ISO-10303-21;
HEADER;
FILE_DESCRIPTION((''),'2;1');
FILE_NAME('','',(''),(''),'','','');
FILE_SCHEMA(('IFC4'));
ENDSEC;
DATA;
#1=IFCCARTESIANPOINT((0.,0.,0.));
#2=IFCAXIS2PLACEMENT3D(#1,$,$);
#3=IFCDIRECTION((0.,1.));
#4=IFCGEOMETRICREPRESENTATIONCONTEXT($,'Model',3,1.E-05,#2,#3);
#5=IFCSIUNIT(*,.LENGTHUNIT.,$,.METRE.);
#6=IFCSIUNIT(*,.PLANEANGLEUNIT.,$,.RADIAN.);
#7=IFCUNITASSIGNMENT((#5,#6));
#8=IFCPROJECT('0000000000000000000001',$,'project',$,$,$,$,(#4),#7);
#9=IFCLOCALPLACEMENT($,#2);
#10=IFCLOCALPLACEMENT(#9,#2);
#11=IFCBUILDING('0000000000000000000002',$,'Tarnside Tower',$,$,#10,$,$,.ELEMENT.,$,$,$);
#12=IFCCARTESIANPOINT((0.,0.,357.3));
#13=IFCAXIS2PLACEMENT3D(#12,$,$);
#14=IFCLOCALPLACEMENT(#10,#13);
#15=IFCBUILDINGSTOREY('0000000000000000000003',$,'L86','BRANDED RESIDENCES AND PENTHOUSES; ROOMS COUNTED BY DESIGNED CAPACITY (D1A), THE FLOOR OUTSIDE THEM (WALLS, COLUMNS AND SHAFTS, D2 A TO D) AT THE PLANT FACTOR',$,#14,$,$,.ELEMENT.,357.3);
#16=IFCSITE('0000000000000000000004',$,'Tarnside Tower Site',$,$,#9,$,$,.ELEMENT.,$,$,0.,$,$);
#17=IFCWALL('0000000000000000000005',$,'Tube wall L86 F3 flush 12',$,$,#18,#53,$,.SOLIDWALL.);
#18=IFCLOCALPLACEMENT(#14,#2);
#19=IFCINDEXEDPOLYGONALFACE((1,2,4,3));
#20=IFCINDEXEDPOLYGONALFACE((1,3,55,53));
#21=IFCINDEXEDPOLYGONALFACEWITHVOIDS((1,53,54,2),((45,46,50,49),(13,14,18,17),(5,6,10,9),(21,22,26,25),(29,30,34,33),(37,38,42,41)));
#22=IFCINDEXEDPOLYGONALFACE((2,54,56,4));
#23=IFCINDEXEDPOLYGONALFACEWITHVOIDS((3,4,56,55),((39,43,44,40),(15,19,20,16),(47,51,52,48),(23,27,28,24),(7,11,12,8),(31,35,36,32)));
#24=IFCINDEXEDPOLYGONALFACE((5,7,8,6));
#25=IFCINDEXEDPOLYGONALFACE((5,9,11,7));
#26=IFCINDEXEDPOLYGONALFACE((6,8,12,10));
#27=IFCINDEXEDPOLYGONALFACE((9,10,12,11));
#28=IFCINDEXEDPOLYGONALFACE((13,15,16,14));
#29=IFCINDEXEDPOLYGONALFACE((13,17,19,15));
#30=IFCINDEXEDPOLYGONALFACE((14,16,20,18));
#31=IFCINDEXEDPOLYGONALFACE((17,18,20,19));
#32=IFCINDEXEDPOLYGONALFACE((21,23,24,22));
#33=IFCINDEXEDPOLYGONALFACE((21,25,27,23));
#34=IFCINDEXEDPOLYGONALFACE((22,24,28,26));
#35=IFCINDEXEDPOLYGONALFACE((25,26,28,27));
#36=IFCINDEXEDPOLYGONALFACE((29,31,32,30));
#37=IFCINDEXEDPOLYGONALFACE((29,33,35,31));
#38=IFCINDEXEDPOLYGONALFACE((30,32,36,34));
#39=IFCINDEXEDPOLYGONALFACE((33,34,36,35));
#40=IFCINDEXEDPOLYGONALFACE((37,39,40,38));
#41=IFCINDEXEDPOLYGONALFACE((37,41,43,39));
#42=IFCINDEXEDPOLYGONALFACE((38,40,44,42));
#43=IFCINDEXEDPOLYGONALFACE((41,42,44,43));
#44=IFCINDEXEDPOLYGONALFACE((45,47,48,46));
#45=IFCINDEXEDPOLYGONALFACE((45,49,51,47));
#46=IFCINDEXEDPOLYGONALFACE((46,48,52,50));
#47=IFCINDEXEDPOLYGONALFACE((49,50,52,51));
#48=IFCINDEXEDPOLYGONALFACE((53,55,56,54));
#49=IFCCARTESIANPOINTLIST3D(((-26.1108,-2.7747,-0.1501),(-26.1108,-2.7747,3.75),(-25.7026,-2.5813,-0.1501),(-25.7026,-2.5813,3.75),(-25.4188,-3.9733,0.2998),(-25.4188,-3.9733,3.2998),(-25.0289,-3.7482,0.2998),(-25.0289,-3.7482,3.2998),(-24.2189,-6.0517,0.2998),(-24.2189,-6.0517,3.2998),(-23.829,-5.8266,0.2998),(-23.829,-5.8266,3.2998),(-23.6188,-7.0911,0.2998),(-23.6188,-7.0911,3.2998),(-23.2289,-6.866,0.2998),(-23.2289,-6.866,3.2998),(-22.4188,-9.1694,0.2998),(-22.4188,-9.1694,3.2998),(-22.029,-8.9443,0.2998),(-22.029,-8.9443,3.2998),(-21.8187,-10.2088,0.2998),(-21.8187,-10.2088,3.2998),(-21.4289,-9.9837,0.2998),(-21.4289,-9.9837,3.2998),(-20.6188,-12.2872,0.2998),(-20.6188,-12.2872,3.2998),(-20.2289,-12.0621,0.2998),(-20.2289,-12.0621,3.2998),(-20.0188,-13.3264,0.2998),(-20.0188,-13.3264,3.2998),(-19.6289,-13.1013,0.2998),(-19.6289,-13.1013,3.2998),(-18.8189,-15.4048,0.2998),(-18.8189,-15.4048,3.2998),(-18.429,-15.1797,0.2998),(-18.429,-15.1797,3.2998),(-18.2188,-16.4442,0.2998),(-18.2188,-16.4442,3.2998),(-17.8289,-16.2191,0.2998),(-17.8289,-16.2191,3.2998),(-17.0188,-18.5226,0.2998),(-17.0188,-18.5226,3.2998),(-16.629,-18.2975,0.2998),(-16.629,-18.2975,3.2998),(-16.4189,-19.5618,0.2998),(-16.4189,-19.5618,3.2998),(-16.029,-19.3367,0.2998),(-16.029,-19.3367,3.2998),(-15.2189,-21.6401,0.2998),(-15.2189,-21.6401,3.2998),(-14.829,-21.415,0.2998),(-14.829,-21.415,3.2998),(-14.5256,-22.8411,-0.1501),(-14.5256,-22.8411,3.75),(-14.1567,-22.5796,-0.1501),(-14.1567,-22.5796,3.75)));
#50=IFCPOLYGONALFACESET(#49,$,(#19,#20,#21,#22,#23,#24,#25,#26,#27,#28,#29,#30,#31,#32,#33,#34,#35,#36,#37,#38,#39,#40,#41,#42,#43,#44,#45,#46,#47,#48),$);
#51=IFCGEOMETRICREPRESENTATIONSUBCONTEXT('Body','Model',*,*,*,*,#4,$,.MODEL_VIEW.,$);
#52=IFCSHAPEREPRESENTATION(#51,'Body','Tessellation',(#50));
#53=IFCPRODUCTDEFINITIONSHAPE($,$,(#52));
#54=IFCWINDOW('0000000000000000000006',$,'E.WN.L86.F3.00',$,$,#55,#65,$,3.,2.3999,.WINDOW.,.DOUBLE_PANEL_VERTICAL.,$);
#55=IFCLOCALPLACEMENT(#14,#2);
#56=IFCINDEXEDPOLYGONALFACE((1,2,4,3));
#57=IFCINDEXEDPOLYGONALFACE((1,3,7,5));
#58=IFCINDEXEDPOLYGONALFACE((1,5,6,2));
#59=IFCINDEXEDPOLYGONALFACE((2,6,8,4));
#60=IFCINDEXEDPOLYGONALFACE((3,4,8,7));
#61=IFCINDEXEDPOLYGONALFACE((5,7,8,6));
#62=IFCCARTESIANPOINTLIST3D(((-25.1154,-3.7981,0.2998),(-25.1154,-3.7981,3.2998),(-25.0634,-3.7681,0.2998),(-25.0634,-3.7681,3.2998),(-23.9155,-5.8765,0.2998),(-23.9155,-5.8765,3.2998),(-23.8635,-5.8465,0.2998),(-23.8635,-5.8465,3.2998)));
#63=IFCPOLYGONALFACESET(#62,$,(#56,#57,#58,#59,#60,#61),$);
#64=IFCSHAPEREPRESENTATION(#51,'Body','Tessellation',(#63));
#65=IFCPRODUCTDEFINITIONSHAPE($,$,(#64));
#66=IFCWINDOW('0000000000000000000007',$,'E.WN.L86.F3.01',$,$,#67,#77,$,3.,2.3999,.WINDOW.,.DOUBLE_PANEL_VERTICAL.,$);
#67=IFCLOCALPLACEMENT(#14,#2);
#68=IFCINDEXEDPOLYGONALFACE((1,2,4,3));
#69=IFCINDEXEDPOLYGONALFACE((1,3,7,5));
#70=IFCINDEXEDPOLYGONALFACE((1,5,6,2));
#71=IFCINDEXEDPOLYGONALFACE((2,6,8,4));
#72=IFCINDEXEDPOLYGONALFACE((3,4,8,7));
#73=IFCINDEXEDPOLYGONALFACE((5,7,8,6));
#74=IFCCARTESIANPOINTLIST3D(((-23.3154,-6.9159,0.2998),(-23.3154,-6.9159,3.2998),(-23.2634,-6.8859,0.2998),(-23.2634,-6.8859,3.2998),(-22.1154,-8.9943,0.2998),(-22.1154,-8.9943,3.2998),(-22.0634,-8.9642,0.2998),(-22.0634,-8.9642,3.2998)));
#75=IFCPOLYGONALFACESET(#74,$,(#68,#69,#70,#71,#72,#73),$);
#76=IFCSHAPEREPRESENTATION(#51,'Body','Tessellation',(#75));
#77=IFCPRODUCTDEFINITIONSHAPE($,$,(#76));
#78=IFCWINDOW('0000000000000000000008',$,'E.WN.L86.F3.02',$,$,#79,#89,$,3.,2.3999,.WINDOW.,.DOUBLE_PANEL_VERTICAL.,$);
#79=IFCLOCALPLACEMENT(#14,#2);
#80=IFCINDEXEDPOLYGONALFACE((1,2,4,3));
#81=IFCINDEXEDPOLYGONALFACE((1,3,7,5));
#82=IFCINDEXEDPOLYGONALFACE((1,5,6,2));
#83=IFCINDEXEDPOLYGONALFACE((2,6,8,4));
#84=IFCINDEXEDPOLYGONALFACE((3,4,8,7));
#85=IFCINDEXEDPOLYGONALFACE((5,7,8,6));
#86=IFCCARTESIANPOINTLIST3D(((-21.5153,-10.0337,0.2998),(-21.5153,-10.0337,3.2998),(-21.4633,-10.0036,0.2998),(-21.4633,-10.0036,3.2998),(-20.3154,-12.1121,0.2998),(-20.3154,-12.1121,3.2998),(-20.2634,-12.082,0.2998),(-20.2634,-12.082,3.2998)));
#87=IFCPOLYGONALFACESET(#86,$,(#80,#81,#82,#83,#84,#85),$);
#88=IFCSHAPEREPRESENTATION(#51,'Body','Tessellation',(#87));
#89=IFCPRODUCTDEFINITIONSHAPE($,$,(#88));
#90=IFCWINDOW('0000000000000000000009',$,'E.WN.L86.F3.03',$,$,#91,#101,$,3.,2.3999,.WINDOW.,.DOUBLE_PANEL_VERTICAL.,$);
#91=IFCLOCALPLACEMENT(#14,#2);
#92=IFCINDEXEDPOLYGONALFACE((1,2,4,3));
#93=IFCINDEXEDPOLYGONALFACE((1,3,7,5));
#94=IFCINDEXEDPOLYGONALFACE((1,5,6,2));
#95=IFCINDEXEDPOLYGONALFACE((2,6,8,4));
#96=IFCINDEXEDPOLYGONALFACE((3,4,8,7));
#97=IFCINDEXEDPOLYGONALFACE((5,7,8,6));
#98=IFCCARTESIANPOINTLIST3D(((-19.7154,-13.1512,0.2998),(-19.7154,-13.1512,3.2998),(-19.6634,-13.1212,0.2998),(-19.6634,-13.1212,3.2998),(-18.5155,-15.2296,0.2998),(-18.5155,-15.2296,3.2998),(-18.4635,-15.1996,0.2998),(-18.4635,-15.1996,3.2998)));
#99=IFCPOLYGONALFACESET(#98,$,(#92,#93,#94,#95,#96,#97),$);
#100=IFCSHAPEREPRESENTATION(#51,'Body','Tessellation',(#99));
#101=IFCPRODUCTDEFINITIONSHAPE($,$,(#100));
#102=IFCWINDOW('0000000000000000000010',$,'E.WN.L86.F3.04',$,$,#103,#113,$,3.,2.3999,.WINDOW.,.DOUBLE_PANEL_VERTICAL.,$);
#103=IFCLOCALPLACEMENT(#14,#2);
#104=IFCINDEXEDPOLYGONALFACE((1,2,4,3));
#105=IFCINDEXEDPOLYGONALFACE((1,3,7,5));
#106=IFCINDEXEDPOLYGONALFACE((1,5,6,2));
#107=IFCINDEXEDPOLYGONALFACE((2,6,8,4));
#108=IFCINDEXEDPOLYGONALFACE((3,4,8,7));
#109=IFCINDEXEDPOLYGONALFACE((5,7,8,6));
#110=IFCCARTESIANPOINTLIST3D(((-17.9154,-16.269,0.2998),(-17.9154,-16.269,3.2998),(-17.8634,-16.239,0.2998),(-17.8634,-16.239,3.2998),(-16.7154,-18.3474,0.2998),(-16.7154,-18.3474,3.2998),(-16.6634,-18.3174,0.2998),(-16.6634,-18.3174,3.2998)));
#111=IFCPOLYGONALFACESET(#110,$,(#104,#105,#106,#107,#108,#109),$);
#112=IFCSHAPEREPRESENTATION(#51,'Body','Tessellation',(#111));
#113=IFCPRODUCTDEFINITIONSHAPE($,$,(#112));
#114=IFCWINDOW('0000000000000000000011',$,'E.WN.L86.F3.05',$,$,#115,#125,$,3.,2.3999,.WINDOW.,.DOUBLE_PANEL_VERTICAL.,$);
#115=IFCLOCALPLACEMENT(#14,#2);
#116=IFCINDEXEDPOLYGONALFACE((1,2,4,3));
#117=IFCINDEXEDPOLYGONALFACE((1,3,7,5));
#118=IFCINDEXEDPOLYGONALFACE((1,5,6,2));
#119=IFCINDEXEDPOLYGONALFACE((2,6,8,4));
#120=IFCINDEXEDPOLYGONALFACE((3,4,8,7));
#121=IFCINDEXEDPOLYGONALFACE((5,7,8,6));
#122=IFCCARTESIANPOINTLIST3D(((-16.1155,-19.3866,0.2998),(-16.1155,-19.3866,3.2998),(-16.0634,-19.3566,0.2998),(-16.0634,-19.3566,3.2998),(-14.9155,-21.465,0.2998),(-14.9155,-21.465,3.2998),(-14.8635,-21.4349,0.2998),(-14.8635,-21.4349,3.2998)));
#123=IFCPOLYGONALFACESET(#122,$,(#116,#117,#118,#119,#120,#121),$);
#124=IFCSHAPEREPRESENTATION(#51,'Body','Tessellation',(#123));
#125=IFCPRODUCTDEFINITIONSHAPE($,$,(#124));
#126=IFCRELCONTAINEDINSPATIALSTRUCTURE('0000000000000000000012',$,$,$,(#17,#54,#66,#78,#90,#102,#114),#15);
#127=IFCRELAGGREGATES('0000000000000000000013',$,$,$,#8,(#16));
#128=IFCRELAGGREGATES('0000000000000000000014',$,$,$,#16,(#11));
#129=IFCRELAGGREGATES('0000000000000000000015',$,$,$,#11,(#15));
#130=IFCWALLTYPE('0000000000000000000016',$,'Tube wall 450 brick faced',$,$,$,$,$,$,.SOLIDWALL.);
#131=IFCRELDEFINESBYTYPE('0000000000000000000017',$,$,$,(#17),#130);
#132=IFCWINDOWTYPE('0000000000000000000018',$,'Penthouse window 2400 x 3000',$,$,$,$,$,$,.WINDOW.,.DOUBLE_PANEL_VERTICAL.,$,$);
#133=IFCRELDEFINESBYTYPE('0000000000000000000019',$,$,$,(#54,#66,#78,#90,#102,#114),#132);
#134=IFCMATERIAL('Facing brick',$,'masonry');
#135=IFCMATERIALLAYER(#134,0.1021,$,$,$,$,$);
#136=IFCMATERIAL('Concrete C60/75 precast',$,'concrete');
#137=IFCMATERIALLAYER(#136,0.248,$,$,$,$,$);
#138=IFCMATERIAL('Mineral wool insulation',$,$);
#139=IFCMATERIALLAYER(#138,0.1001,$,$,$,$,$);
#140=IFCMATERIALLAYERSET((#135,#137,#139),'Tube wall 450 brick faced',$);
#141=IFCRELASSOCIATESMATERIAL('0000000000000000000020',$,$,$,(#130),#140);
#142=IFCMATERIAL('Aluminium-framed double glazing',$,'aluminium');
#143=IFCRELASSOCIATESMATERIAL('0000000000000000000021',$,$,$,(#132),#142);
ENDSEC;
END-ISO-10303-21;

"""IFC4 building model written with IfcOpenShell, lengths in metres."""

from ifc_helpers import new_model, si_unit, direction, frame, frame_2d, origin, place, context, subcontext, project, spatial, polyline, rectangle, outline, extrude, material, layer, layer_set, type_object, element, fill, save


model = new_model("IFC4")

# Units and contexts
model_context = context("Model", 3, precision=1e-05, world=origin(), true_north=direction((0.0, 1.0)))
body_context = subcontext(model_context, "Body", "Model", "MODEL_VIEW")
ifc_project = project(units=[si_unit("LENGTHUNIT", "METRE"), si_unit("PLANEANGLEUNIT", "RADIAN")], contexts=[model_context])

# Site, building, storey
site_placement = place(None, origin())
site = spatial("IfcSite", under=ifc_project, at=site_placement, Name="Tarnside Tower Site", CompositionType="ELEMENT", RefElevation=0.0)
building_placement = place(site_placement, origin())
building = spatial("IfcBuilding", under=site, at=building_placement, Name="Tarnside Tower", CompositionType="ELEMENT")
storey_placement = place(building_placement, frame((0.0, 0.0, 357.3)))
storey = spatial("IfcBuildingStorey", under=building, at=storey_placement, Name="L86", Description="BRANDED RESIDENCES AND PENTHOUSES; ROOMS COUNTED BY DESIGNED CAPACITY (D1A), THE FLOOR OUTSIDE THEM (WALLS, COLUMNS AND SHAFTS, D2 A TO D) AT THE PLANT FACTOR", CompositionType="ELEMENT", Elevation=357.3)

# Shared definitions
ifc_material_1 = material(Name="Facing brick", Category="masonry")
ifc_layer_1 = layer(ifc_material_1, 0.1021)
ifc_material_2 = material(Name="Concrete C60/75 precast", Category="concrete")
ifc_layer_2 = layer(ifc_material_2, 0.248)
ifc_material_3 = material(Name="Mineral wool insulation")
ifc_layer_3 = layer(ifc_material_3, 0.1001)
ifc_layer_set_1 = layer_set([ifc_layer_1, ifc_layer_2, ifc_layer_3], Name="Tube wall 450 brick faced")
wall_type_1 = type_object("IfcWallType", Name="Tube wall 450 brick faced", PredefinedType="SOLIDWALL", material=ifc_layer_set_1)

# Wall, openings, windows
wall_1_placement = place(storey_placement, frame((-25.9067, -2.678, -0.1501), z_axis=(0.0, 0.0, 1.0), x_axis=(0.499997, -0.866027, 0.0)))
wall_1 = element("IfcWall", 1, at=wall_1_placement, inside=storey, type_object=wall_type_1, Name="Tube wall L86 F3 flush 12", PredefinedType="SOLIDWALL", context=body_context, shape_type="SweptSolid", body=[
    extrude(outline(polyline([(-0.0183, -0.2251), (23.1523, -0.2251), (23.1104, 0.2251), (0.0183, 0.2251), (-0.0183, -0.2251)])), origin(), (0.0, 0.0, 1.0), 3.9001),
])
opening_1_placement = place(wall_1_placement, frame((1.3657, 0.0, 0.45)))
opening_1 = element("IfcOpeningElement", 2, at=opening_1_placement, cuts=wall_1, PredefinedType="OPENING", context=body_context, shape_type="SweptSolid", body=[
    extrude(rectangle(XDim=2.3999, YDim=3.0, at=frame_2d((1.2, 1.5))), frame((0.0, 0.2349, 0.0), z_axis=(0.0, -1.0, 0.0), x_axis=(1.0, 0.0, 0.0)), (0.0, 0.0, 1.0), 0.47),
])
opening_2_placement = place(wall_1_placement, frame((4.9658, 0.0, 0.45)))
opening_2 = element("IfcOpeningElement", 3, at=opening_2_placement, cuts=wall_1, PredefinedType="OPENING", context=body_context, shape_type="SweptSolid", body=[
    extrude(rectangle(XDim=2.3999, YDim=3.0, at=frame_2d((1.2, 1.5))), frame((0.0, 0.2349, 0.0), z_axis=(0.0, -1.0, 0.0), x_axis=(1.0, 0.0, 0.0)), (0.0, 0.0, 1.0), 0.47),
])
opening_3_placement = place(wall_1_placement, frame((8.5659, 0.0, 0.45)))
opening_3 = element("IfcOpeningElement", 4, at=opening_3_placement, cuts=wall_1, PredefinedType="OPENING", context=body_context, shape_type="SweptSolid", body=[
    extrude(rectangle(XDim=2.3999, YDim=3.0, at=frame_2d((1.2, 1.5))), frame((0.0, 0.2349, 0.0), z_axis=(0.0, -1.0, 0.0), x_axis=(1.0, 0.0, 0.0)), (0.0, 0.0, 1.0), 0.47),
])
opening_4_placement = place(wall_1_placement, frame((12.1658, 0.0, 0.45)))
opening_4 = element("IfcOpeningElement", 5, at=opening_4_placement, cuts=wall_1, PredefinedType="OPENING", context=body_context, shape_type="SweptSolid", body=[
    extrude(rectangle(XDim=2.3999, YDim=3.0, at=frame_2d((1.2, 1.5))), frame((0.0, 0.2349, 0.0), z_axis=(0.0, -1.0, 0.0), x_axis=(1.0, 0.0, 0.0)), (0.0, 0.0, 1.0), 0.47),
])
opening_5_placement = place(wall_1_placement, frame((15.7659, 0.0, 0.45)))
opening_5 = element("IfcOpeningElement", 6, at=opening_5_placement, cuts=wall_1, PredefinedType="OPENING", context=body_context, shape_type="SweptSolid", body=[
    extrude(rectangle(XDim=2.3999, YDim=3.0, at=frame_2d((1.2, 1.5))), frame((0.0, 0.2349, 0.0), z_axis=(0.0, -1.0, 0.0), x_axis=(1.0, 0.0, 0.0)), (0.0, 0.0, 1.0), 0.47),
])
opening_6_placement = place(wall_1_placement, frame((19.3657, 0.0, 0.45)))
opening_6 = element("IfcOpeningElement", 7, at=opening_6_placement, cuts=wall_1, PredefinedType="OPENING", context=body_context, shape_type="SweptSolid", body=[
    extrude(rectangle(XDim=2.3999, YDim=3.0, at=frame_2d((1.2, 1.5))), frame((0.0, 0.2349, 0.0), z_axis=(0.0, -1.0, 0.0), x_axis=(1.0, 0.0, 0.0)), (0.0, 0.0, 1.0), 0.47),
])
ifc_material_4 = material(Name="Aluminium-framed double glazing", Category="aluminium")
window_type = type_object("IfcWindowType", Name="Penthouse window 2400 x 3000", PartitioningType="DOUBLE_PANEL_VERTICAL", PredefinedType="WINDOW", material=ifc_material_4)
window_1_placement = place(opening_1_placement, frame((0.0, 0.1553, 0.0)))
window_1 = element("IfcWindow", 8, at=window_1_placement, inside=storey, type_object=window_type, Name="E.WN.L86.F3.00", OverallHeight=3.0, OverallWidth=2.3999, PartitioningType="DOUBLE_PANEL_VERTICAL", PredefinedType="WINDOW", context=body_context, shape_type="SweptSolid", body=[
    extrude(rectangle(XDim=2.3999, YDim=3.0, at=frame_2d((1.2, 1.5))), frame((0.0, 0.03, 0.0), z_axis=(0.0, -1.0, 0.0), x_axis=(1.0, 0.0, 0.0)), (0.0, 0.0, 1.0), 0.0601),
])
fill(opening_1, window_1)
window_2_placement = place(opening_2_placement, frame((0.0, 0.1553, 0.0)))
window_2 = element("IfcWindow", 9, at=window_2_placement, inside=storey, type_object=window_type, Name="E.WN.L86.F3.01", OverallHeight=3.0, OverallWidth=2.3999, PartitioningType="DOUBLE_PANEL_VERTICAL", PredefinedType="WINDOW", context=body_context, shape_type="SweptSolid", body=[
    extrude(rectangle(XDim=2.3999, YDim=3.0, at=frame_2d((1.2, 1.5))), frame((0.0, 0.03, 0.0), z_axis=(0.0, -1.0, 0.0), x_axis=(1.0, 0.0, 0.0)), (0.0, 0.0, 1.0), 0.0601),
])
fill(opening_2, window_2)
window_3_placement = place(opening_3_placement, frame((0.0, 0.1553, 0.0)))
window_3 = element("IfcWindow", 10, at=window_3_placement, inside=storey, type_object=window_type, Name="E.WN.L86.F3.02", OverallHeight=3.0, OverallWidth=2.3999, PartitioningType="DOUBLE_PANEL_VERTICAL", PredefinedType="WINDOW", context=body_context, shape_type="SweptSolid", body=[
    extrude(rectangle(XDim=2.3999, YDim=3.0, at=frame_2d((1.2, 1.5))), frame((0.0, 0.03, 0.0), z_axis=(0.0, -1.0, 0.0), x_axis=(1.0, 0.0, 0.0)), (0.0, 0.0, 1.0), 0.0601),
])
fill(opening_3, window_3)
window_4_placement = place(opening_4_placement, frame((0.0, 0.1553, 0.0)))
window_4 = element("IfcWindow", 11, at=window_4_placement, inside=storey, type_object=window_type, Name="E.WN.L86.F3.03", OverallHeight=3.0, OverallWidth=2.3999, PartitioningType="DOUBLE_PANEL_VERTICAL", PredefinedType="WINDOW", context=body_context, shape_type="SweptSolid", body=[
    extrude(rectangle(XDim=2.3999, YDim=3.0, at=frame_2d((1.2, 1.5))), frame((0.0, 0.03, 0.0), z_axis=(0.0, -1.0, 0.0), x_axis=(1.0, 0.0, 0.0)), (0.0, 0.0, 1.0), 0.0601),
])
fill(opening_4, window_4)
window_5_placement = place(opening_5_placement, frame((0.0, 0.1553, 0.0)))
window_5 = element("IfcWindow", 12, at=window_5_placement, inside=storey, type_object=window_type, Name="E.WN.L86.F3.04", OverallHeight=3.0, OverallWidth=2.3999, PartitioningType="DOUBLE_PANEL_VERTICAL", PredefinedType="WINDOW", context=body_context, shape_type="SweptSolid", body=[
    extrude(rectangle(XDim=2.3999, YDim=3.0, at=frame_2d((1.2, 1.5))), frame((0.0, 0.03, 0.0), z_axis=(0.0, -1.0, 0.0), x_axis=(1.0, 0.0, 0.0)), (0.0, 0.0, 1.0), 0.0601),
])
fill(opening_5, window_5)
window_6_placement = place(opening_6_placement, frame((0.0, 0.1553, 0.0)))
window_6 = element("IfcWindow", 13, at=window_6_placement, inside=storey, type_object=window_type, Name="E.WN.L86.F3.05", OverallHeight=3.0, OverallWidth=2.3999, PartitioningType="DOUBLE_PANEL_VERTICAL", PredefinedType="WINDOW", context=body_context, shape_type="SweptSolid", body=[
    extrude(rectangle(XDim=2.3999, YDim=3.0, at=frame_2d((1.2, 1.5))), frame((0.0, 0.03, 0.0), z_axis=(0.0, -1.0, 0.0), x_axis=(1.0, 0.0, 0.0)), (0.0, 0.0, 1.0), 0.0601),
])
fill(opening_6, window_6)

save(model, "model.ifc")
